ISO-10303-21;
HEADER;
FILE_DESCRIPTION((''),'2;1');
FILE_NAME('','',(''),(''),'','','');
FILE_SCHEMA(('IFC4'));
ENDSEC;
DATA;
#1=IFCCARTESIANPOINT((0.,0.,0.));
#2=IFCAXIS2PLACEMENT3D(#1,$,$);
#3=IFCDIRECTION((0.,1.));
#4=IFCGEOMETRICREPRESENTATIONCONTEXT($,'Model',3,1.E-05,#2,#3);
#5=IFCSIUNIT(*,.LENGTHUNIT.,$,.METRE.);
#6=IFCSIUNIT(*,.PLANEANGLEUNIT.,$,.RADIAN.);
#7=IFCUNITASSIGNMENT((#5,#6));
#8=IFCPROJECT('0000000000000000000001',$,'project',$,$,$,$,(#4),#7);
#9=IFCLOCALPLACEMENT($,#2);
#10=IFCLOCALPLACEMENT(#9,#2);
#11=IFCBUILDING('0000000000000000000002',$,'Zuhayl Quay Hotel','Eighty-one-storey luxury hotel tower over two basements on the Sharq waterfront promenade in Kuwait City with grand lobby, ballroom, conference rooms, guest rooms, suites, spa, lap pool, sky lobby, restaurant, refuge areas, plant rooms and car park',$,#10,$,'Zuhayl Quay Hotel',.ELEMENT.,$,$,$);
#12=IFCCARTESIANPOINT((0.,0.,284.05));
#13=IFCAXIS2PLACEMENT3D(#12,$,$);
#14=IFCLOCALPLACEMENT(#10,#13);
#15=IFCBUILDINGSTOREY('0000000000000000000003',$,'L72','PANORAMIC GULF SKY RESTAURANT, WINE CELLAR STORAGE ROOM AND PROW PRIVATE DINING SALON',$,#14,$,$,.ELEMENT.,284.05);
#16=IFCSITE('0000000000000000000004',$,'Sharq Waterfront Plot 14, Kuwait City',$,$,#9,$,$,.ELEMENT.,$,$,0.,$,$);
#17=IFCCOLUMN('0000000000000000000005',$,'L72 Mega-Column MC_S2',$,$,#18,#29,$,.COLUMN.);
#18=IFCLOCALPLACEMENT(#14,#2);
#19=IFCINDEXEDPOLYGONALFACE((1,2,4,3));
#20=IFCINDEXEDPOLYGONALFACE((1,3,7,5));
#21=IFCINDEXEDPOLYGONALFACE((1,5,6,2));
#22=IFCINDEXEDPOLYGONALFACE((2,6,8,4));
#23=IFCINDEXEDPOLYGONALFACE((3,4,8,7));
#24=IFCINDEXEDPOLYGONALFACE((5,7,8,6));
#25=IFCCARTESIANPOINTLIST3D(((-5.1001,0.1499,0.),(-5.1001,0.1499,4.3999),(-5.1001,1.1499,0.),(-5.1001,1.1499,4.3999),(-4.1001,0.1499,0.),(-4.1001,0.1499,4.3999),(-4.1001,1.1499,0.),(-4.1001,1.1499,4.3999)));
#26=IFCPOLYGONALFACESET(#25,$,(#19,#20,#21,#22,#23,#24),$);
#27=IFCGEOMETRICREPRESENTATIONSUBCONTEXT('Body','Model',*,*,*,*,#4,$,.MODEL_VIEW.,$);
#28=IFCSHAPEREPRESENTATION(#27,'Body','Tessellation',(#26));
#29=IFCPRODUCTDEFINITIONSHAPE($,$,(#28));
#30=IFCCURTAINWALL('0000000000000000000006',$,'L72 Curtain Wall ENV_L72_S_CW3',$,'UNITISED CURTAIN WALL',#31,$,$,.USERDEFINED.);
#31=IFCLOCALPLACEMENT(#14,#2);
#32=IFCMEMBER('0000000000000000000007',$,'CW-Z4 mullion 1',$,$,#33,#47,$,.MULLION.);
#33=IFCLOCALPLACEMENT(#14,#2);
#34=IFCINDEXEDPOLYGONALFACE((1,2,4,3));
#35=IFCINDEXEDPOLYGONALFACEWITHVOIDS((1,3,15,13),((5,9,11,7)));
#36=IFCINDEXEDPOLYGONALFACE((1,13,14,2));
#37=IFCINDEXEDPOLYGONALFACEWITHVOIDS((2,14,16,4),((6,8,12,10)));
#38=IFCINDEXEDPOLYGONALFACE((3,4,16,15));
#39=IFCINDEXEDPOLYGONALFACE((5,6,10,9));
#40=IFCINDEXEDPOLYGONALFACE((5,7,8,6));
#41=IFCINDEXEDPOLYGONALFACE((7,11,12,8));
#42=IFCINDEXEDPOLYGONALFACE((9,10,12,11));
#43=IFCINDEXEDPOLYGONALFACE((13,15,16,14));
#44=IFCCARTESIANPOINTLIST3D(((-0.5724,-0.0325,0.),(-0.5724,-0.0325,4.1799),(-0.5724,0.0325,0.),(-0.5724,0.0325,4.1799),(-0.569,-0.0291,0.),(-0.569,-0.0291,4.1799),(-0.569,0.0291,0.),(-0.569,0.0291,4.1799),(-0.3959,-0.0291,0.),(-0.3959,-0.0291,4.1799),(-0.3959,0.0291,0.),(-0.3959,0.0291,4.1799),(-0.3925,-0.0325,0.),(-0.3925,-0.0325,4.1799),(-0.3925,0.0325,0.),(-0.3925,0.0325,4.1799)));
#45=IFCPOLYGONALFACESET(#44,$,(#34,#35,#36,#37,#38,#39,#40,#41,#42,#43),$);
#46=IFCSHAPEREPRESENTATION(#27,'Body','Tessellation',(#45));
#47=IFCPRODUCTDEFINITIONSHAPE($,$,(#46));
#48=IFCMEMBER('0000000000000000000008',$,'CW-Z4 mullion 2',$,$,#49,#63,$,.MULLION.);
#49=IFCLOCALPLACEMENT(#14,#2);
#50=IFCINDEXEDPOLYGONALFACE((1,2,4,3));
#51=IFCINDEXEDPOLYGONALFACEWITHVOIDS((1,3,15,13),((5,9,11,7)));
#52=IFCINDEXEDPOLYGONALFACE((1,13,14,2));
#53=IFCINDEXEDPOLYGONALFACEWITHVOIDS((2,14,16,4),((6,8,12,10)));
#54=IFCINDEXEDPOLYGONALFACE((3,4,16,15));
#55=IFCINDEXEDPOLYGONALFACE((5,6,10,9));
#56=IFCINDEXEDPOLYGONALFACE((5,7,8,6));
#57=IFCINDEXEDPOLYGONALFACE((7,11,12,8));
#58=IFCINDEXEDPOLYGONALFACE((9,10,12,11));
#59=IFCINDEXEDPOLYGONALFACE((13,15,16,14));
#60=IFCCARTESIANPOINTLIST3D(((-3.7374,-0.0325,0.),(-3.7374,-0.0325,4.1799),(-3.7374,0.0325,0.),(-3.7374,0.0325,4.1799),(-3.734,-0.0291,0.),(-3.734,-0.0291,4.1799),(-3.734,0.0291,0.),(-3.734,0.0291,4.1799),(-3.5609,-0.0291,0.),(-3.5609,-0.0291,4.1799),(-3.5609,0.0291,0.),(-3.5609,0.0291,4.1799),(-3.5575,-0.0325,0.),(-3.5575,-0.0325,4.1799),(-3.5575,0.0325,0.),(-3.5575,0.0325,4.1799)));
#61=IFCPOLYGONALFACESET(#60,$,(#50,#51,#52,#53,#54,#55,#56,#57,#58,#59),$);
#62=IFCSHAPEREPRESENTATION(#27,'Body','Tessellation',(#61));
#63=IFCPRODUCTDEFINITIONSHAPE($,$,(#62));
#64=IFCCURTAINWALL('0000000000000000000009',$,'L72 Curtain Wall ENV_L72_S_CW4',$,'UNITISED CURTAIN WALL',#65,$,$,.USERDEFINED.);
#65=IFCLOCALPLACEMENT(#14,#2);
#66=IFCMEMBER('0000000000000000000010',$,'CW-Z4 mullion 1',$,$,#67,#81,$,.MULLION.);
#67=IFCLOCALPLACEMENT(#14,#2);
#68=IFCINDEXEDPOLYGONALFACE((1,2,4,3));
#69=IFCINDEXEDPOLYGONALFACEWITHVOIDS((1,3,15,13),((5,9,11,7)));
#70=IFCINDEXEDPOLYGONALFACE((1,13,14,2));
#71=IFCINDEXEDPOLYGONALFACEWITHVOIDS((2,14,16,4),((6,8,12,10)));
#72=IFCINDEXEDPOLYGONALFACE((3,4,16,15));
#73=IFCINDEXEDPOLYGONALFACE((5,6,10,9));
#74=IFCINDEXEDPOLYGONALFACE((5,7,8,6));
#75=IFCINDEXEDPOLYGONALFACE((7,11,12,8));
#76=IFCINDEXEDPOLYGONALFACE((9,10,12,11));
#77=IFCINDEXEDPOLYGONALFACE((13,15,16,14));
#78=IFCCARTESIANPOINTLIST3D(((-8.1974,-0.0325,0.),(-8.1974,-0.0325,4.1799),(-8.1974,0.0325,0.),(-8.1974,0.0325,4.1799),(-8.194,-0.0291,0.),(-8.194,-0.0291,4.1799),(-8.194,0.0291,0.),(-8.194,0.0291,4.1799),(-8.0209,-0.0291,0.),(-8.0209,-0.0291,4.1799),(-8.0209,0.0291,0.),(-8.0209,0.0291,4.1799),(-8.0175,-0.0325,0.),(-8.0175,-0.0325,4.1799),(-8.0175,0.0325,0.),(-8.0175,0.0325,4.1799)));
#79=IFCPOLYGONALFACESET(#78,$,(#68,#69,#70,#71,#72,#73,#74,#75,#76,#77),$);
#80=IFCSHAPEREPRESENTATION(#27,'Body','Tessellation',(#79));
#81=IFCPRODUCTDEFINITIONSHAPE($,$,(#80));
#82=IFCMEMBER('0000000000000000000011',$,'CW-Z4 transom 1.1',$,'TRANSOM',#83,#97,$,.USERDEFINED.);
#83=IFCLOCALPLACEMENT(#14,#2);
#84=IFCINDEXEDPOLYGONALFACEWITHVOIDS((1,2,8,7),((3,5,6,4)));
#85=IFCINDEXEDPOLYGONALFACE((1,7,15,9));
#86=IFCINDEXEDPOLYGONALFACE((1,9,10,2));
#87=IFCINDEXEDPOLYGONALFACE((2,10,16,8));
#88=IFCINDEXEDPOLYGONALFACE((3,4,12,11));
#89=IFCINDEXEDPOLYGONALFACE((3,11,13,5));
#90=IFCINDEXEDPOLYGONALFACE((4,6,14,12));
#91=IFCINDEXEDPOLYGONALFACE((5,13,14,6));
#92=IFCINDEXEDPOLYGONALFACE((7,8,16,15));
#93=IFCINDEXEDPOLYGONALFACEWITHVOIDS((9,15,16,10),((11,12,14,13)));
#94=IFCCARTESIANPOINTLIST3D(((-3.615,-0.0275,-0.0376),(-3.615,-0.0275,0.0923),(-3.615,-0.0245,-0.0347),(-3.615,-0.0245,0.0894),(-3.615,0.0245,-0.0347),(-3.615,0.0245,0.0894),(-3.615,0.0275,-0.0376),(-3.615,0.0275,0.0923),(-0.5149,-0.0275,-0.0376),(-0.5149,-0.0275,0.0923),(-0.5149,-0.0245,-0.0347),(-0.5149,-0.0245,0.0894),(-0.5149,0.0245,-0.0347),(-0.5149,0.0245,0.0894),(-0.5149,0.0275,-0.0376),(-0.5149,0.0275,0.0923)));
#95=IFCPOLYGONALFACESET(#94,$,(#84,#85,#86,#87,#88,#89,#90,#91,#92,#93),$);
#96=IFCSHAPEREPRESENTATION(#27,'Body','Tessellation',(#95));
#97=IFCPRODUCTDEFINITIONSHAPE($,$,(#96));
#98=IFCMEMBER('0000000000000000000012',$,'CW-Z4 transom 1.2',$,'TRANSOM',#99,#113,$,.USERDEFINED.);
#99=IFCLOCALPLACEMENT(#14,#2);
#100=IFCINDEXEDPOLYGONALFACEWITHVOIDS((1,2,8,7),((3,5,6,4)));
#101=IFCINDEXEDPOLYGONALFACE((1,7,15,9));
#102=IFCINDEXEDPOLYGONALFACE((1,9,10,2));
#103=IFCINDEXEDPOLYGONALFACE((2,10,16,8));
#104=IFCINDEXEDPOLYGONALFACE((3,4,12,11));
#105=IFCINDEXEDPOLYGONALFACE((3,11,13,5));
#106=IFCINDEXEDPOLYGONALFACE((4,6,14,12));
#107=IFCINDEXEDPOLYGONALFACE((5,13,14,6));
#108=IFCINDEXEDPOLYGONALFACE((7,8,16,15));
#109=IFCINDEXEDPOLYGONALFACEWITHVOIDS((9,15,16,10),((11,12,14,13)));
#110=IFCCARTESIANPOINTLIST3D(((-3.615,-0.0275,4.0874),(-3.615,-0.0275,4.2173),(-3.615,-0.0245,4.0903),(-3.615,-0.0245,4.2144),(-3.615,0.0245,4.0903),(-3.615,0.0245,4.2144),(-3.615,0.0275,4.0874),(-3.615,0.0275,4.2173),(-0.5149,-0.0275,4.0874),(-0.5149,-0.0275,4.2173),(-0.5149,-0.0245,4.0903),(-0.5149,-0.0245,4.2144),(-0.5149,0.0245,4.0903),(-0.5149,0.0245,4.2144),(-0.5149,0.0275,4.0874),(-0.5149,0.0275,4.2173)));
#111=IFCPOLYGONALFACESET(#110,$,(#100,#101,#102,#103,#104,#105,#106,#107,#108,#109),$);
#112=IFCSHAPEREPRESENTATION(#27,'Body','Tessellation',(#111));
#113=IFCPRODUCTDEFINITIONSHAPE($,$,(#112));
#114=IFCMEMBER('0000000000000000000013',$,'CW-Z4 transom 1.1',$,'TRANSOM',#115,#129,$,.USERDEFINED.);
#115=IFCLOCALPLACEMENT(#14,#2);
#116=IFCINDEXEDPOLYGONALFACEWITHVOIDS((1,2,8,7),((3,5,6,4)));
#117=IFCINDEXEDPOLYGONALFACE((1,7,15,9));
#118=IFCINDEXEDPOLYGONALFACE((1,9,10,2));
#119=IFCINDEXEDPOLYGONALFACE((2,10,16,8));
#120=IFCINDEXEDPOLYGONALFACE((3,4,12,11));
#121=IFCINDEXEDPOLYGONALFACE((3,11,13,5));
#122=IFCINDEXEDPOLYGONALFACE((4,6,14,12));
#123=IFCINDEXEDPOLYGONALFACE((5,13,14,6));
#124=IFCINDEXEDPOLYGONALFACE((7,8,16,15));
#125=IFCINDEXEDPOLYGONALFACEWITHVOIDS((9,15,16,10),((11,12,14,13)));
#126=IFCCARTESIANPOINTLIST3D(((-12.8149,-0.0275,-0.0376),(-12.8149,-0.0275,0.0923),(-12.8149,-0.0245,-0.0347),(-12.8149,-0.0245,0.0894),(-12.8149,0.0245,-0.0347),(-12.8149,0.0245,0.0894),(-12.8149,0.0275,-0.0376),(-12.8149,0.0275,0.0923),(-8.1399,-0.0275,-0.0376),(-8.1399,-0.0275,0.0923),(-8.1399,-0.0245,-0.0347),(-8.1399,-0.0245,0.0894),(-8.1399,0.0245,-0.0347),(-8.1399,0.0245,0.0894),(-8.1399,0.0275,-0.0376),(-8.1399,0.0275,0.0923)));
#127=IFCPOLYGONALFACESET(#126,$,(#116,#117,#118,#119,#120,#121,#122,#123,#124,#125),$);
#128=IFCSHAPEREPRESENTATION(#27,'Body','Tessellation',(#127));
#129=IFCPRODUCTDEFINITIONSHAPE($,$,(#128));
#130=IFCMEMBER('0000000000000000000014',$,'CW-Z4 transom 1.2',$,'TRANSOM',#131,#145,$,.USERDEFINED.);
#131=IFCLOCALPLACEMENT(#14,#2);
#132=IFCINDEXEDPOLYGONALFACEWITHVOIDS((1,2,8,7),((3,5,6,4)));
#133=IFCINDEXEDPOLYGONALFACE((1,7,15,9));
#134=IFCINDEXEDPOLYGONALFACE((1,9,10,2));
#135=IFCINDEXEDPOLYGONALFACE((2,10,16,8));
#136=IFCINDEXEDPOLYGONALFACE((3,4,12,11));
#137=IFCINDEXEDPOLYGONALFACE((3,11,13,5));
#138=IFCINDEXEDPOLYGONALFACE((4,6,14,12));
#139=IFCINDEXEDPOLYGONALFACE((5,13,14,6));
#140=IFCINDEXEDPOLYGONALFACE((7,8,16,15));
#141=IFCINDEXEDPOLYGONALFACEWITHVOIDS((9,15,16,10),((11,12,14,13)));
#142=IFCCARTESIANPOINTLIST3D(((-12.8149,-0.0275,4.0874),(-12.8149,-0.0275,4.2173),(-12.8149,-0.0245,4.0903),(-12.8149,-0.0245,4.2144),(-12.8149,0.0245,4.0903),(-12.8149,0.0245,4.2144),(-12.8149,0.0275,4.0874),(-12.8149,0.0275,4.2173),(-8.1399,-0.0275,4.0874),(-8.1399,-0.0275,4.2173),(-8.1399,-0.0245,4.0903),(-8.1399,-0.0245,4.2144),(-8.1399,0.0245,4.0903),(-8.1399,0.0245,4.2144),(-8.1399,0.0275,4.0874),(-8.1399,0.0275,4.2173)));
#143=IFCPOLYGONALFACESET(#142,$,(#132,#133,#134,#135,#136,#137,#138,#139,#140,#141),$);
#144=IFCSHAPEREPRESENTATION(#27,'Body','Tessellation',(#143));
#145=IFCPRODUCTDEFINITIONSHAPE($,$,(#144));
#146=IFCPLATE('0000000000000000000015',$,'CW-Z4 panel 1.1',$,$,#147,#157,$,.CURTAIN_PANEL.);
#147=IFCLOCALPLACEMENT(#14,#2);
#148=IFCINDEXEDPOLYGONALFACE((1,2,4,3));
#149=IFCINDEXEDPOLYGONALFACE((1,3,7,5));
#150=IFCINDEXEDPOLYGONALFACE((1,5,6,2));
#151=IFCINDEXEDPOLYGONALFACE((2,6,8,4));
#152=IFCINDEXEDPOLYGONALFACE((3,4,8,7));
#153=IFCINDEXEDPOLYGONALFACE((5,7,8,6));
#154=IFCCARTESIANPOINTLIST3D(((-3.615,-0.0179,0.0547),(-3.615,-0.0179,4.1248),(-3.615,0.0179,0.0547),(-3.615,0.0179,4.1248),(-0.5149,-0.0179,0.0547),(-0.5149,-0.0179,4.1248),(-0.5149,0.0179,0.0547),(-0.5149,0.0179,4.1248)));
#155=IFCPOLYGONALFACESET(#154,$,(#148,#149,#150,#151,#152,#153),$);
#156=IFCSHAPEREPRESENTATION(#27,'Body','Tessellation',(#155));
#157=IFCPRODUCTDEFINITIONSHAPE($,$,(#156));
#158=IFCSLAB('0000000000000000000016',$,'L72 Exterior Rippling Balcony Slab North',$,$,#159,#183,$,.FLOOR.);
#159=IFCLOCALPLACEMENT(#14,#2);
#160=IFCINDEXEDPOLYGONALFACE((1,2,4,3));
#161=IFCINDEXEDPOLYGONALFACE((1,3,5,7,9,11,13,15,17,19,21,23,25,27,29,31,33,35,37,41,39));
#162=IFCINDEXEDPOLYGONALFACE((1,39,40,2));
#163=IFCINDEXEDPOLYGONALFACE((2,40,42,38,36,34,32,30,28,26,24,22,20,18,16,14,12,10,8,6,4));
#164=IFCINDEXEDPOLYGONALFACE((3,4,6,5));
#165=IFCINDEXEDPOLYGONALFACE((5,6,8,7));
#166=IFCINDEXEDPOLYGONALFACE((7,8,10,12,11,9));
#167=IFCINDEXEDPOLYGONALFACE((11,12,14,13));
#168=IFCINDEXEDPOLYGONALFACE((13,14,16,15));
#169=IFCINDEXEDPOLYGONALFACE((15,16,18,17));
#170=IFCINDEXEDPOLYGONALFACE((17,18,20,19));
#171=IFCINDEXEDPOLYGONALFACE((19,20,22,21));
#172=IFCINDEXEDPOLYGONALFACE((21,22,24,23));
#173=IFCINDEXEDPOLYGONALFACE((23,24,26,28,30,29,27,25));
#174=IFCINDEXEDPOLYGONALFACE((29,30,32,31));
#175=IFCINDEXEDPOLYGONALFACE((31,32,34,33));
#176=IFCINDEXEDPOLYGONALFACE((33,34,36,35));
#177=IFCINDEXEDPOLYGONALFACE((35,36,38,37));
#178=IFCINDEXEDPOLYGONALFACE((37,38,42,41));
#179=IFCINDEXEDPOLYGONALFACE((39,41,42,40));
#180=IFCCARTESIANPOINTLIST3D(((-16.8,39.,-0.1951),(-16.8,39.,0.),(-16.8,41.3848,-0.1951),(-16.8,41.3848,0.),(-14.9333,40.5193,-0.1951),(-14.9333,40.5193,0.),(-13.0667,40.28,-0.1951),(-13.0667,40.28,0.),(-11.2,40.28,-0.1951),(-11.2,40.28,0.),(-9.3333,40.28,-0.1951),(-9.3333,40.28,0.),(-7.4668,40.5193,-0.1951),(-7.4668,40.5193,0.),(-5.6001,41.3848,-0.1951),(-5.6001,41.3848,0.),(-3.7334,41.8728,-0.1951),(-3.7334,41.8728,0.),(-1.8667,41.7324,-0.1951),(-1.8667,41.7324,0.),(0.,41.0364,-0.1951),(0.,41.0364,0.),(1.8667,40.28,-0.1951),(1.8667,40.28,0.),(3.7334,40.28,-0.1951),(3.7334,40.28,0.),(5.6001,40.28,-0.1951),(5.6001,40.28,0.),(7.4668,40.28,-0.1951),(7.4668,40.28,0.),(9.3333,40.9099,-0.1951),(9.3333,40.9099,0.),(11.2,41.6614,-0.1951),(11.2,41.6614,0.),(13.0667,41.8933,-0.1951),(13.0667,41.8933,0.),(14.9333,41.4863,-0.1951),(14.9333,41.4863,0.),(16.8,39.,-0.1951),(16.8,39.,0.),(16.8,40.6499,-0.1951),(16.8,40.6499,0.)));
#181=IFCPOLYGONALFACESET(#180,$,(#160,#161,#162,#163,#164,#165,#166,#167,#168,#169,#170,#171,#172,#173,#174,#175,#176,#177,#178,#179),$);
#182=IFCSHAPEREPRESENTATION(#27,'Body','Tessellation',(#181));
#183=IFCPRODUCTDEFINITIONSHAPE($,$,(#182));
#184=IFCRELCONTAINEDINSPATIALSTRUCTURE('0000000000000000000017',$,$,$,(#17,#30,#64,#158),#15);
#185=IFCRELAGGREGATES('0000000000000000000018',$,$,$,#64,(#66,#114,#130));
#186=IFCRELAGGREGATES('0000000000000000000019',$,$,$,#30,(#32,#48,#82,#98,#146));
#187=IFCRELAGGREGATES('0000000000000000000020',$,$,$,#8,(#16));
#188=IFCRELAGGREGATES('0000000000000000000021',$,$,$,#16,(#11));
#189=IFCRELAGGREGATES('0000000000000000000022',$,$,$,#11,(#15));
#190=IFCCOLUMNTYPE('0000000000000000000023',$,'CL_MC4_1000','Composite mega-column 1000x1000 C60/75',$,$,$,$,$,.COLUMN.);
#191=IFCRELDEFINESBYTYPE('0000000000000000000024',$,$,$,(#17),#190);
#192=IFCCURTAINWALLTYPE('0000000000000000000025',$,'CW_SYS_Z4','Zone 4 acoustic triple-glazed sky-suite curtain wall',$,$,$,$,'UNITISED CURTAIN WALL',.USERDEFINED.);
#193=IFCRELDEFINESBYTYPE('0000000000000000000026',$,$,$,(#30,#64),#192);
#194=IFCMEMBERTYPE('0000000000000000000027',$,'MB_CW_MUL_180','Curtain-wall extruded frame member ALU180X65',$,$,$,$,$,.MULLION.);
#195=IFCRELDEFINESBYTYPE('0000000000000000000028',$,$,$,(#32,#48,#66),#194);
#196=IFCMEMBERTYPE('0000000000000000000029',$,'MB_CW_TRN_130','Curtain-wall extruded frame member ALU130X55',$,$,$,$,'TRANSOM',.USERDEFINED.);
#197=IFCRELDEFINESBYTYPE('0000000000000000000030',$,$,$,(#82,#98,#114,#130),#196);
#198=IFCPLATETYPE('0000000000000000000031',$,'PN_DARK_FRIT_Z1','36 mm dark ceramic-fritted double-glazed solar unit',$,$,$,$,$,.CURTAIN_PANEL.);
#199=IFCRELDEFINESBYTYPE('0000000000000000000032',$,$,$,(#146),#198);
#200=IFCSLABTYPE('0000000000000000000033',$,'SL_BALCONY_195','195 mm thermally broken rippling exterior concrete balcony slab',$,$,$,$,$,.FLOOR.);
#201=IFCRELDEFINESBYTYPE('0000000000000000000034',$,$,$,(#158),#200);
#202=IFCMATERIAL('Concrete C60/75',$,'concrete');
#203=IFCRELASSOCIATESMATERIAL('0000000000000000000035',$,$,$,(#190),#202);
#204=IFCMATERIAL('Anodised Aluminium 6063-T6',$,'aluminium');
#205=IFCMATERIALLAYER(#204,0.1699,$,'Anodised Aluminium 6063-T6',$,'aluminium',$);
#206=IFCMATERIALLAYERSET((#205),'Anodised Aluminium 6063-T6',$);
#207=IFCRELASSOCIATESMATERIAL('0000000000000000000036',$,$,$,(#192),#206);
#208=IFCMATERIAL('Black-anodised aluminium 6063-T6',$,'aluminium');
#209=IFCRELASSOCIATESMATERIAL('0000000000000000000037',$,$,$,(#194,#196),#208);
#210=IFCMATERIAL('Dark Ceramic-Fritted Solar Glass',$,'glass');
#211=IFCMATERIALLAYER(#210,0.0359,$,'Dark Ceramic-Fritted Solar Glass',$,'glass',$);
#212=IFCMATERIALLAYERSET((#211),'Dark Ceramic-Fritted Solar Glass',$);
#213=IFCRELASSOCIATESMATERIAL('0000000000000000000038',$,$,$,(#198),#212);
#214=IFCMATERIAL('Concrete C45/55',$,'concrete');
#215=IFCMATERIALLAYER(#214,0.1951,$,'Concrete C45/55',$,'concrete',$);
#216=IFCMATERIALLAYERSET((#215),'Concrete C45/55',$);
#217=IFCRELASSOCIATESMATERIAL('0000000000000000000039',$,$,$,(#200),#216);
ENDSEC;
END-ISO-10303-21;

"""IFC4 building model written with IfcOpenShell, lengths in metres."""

from ifc_helpers import new_model, si_unit, direction, frame, origin, origin_2d, place, context, subcontext, project, spatial, polyline, rectangle, hollow_rectangle, outline, extrude, material, layer, layer_set, material_profile, profile_set, type_object, element, aggregate, save


model = new_model("IFC4")

# Units and contexts
model_context = context("Model", 3, precision=1e-05, world=origin(), true_north=direction((0.0, 1.0)))
body_context = subcontext(model_context, "Body", "Model", "MODEL_VIEW")
ifc_project = project(units=[si_unit("LENGTHUNIT", "METRE"), si_unit("PLANEANGLEUNIT", "RADIAN")], contexts=[model_context])

# Site, building, storey
site_placement = place(None, origin())
site = spatial("IfcSite", under=ifc_project, at=site_placement, Name="Sharq Waterfront Plot 14, Kuwait City", CompositionType="ELEMENT", RefElevation=0.0)
building_placement = place(site_placement, origin())
building = spatial("IfcBuilding", under=site, at=building_placement, Name="Zuhayl Quay Hotel", Description="Eighty-one-storey luxury hotel tower over two basements on the Sharq waterfront promenade in Kuwait City with grand lobby, ballroom, conference rooms, guest rooms, suites, spa, lap pool, sky lobby, restaurant, refuge areas, plant rooms and car park", LongName="Zuhayl Quay Hotel", CompositionType="ELEMENT")
storey_placement = place(building_placement, frame((0.0, 0.0, 284.05)))
storey = spatial("IfcBuildingStorey", under=building, at=storey_placement, Name="L72", Description="PANORAMIC GULF SKY RESTAURANT, WINE CELLAR STORAGE ROOM AND PROW PRIVATE DINING SALON", CompositionType="ELEMENT", Elevation=284.05)

# Column
ifc_material_1 = material(Name="Concrete C60/75", Category="concrete")
ifc_material_profile_1 = material_profile(ifc_material_1, rectangle(XDim=1.0, YDim=1.0, at=origin_2d()), Name="RC1000X1000")
ifc_profile_set_1 = profile_set([ifc_material_profile_1], Name="Concrete C60/75")
column_type = type_object("IfcColumnType", Name="CL_MC4_1000", Description="Composite mega-column 1000x1000 C60/75", PredefinedType="COLUMN", material=ifc_profile_set_1)
column_placement = place(storey_placement, frame((-4.6001, 0.6499, 0.0), z_axis=(0.0, 0.0, 1.0), x_axis=(1.0, 0.0, 0.0)))
element("IfcColumn", 1, at=column_placement, inside=storey, type_object=column_type, Name="L72 Mega-Column MC_S2", PredefinedType="COLUMN", context=body_context, shape_type="SweptSolid", body=[
    extrude(rectangle(XDim=1.0, YDim=1.0, at=origin_2d()), origin(), (0.0, 0.0, 1.0), 4.3999),
])

# Curtain wall, members
ifc_material_2 = material(Name="Anodised Aluminium 6063-T6", Category="aluminium")
ifc_layer_1 = layer(ifc_material_2, 0.1699, Name="Anodised Aluminium 6063-T6", Category="aluminium")
ifc_layer_set_1 = layer_set([ifc_layer_1], Name="Anodised Aluminium 6063-T6")
curtain_wall_type = type_object("IfcCurtainWallType", Name="CW_SYS_Z4", Description="Zone 4 acoustic triple-glazed sky-suite curtain wall", ElementType="UNITISED CURTAIN WALL", PredefinedType="USERDEFINED", material=ifc_layer_set_1)
curtain_wall_1_placement = place(storey_placement, origin())
curtain_wall_1 = element("IfcCurtainWall", 2, at=curtain_wall_1_placement, inside=storey, type_object=curtain_wall_type, Name="L72 Curtain Wall ENV_L72_S_CW3", ObjectType="UNITISED CURTAIN WALL", PredefinedType="USERDEFINED")
ifc_material_3 = material(Name="Black-anodised aluminium 6063-T6", Category="aluminium")
ifc_material_profile_2 = material_profile(ifc_material_3, hollow_rectangle(XDim=0.0649, YDim=0.1799, WallThickness=0.0034, at=origin_2d()), Name="ALU180X65")
ifc_profile_set_2 = profile_set([ifc_material_profile_2], Name="Black-anodised aluminium 6063-T6")
member_type_1 = type_object("IfcMemberType", Name="MB_CW_MUL_180", Description="Curtain-wall extruded frame member ALU180X65", PredefinedType="MULLION", material=ifc_profile_set_2)
member_1_placement = place(storey_placement, frame((-0.4824, 0.0, 0.0), z_axis=(0.0, 0.0, 1.0), x_axis=(0.0, -1.0, 0.0)))
member_1 = element("IfcMember", 3, at=member_1_placement, type_object=member_type_1, Name="CW-Z4 mullion 1", PredefinedType="MULLION", context=body_context, shape_type="SweptSolid", body=[
    extrude(hollow_rectangle(XDim=0.0649, YDim=0.1799, WallThickness=0.0034, at=origin_2d()), origin(), (0.0, 0.0, 1.0), 4.1799),
])
member_2_placement = place(storey_placement, frame((-3.6475, 0.0, 0.0), z_axis=(0.0, 0.0, 1.0), x_axis=(0.0, -1.0, 0.0)))
member_2 = element("IfcMember", 4, at=member_2_placement, type_object=member_type_1, Name="CW-Z4 mullion 2", PredefinedType="MULLION", context=body_context, shape_type="SweptSolid", body=[
    extrude(hollow_rectangle(XDim=0.0649, YDim=0.1799, WallThickness=0.0034, at=origin_2d()), origin(), (0.0, 0.0, 1.0), 4.1799),
])

# Curtain wall, member
curtain_wall_2_placement = place(storey_placement, origin())
curtain_wall_2 = element("IfcCurtainWall", 5, at=curtain_wall_2_placement, inside=storey, type_object=curtain_wall_type, Name="L72 Curtain Wall ENV_L72_S_CW4", ObjectType="UNITISED CURTAIN WALL", PredefinedType="USERDEFINED")
member_3_placement = place(storey_placement, frame((-8.1074, 0.0, 0.0), z_axis=(0.0, 0.0, 1.0), x_axis=(0.0, -1.0, 0.0)))
member_3 = element("IfcMember", 6, at=member_3_placement, type_object=member_type_1, Name="CW-Z4 mullion 1", PredefinedType="MULLION", context=body_context, shape_type="SweptSolid", body=[
    extrude(hollow_rectangle(XDim=0.0649, YDim=0.1799, WallThickness=0.0034, at=origin_2d()), origin(), (0.0, 0.0, 1.0), 4.1799),
])

# Members
ifc_material_profile_3 = material_profile(ifc_material_3, hollow_rectangle(XDim=0.0549, YDim=0.1299, WallThickness=0.0029, at=origin_2d()), Name="ALU130X55")
ifc_profile_set_3 = profile_set([ifc_material_profile_3], Name="Black-anodised aluminium 6063-T6")
member_type_2 = type_object("IfcMemberType", Name="MB_CW_TRN_130", Description="Curtain-wall extruded frame member ALU130X55", ElementType="TRANSOM", PredefinedType="USERDEFINED", material=ifc_profile_set_3)
member_4_placement = place(storey_placement, frame((-0.5149, 0.0, 0.0273), z_axis=(-1.0, 0.0, 0.0), x_axis=(0.0, -1.0, 0.0)))
member_4 = element("IfcMember", 7, at=member_4_placement, type_object=member_type_2, Name="CW-Z4 transom 1.1", ObjectType="TRANSOM", PredefinedType="USERDEFINED", context=body_context, shape_type="SweptSolid", body=[
    extrude(hollow_rectangle(XDim=0.0549, YDim=0.1299, WallThickness=0.0029, at=origin_2d()), origin(), (0.0, 0.0, 1.0), 3.1001),
])
member_5_placement = place(storey_placement, frame((-0.5149, 0.0, 4.1523), z_axis=(-1.0, 0.0, 0.0), x_axis=(0.0, -1.0, 0.0)))
member_5 = element("IfcMember", 8, at=member_5_placement, type_object=member_type_2, Name="CW-Z4 transom 1.2", ObjectType="TRANSOM", PredefinedType="USERDEFINED", context=body_context, shape_type="SweptSolid", body=[
    extrude(hollow_rectangle(XDim=0.0549, YDim=0.1299, WallThickness=0.0029, at=origin_2d()), origin(), (0.0, 0.0, 1.0), 3.1001),
])
member_6_placement = place(storey_placement, frame((-8.1399, 0.0, 0.0273), z_axis=(-1.0, 0.0, 0.0), x_axis=(0.0, -1.0, 0.0)))
member_6 = element("IfcMember", 9, at=member_6_placement, type_object=member_type_2, Name="CW-Z4 transom 1.1", ObjectType="TRANSOM", PredefinedType="USERDEFINED", context=body_context, shape_type="SweptSolid", body=[
    extrude(hollow_rectangle(XDim=0.0549, YDim=0.1299, WallThickness=0.0029, at=origin_2d()), origin(), (0.0, 0.0, 1.0), 4.675),
])
member_7_placement = place(storey_placement, frame((-8.1399, 0.0, 4.1523), z_axis=(-1.0, 0.0, 0.0), x_axis=(0.0, -1.0, 0.0)))
member_7 = element("IfcMember", 10, at=member_7_placement, type_object=member_type_2, Name="CW-Z4 transom 1.2", ObjectType="TRANSOM", PredefinedType="USERDEFINED", context=body_context, shape_type="SweptSolid", body=[
    extrude(hollow_rectangle(XDim=0.0549, YDim=0.1299, WallThickness=0.0029, at=origin_2d()), origin(), (0.0, 0.0, 1.0), 4.675),
])
aggregate(curtain_wall_2, [member_3, member_6, member_7])

# Plate
ifc_material_4 = material(Name="Dark Ceramic-Fritted Solar Glass", Category="glass")
ifc_layer_2 = layer(ifc_material_4, 0.0359, Name="Dark Ceramic-Fritted Solar Glass", Category="glass")
ifc_layer_set_2 = layer_set([ifc_layer_2], Name="Dark Ceramic-Fritted Solar Glass")
plate_type = type_object("IfcPlateType", Name="PN_DARK_FRIT_Z1", Description="36 mm dark ceramic-fritted double-glazed solar unit", PredefinedType="CURTAIN_PANEL", material=ifc_layer_set_2)
plate_placement = place(storey_placement, frame((-2.0649, 0.0, 0.0547), z_axis=(0.0, 0.0, 1.0), x_axis=(-1.0, 0.0, 0.0)))
plate = element("IfcPlate", 11, at=plate_placement, type_object=plate_type, Name="CW-Z4 panel 1.1", PredefinedType="CURTAIN_PANEL", context=body_context, shape_type="SweptSolid", body=[
    extrude(rectangle(XDim=3.1001, YDim=0.0359, at=origin_2d()), origin(), (0.0, 0.0, 1.0), 4.0701),
])
aggregate(curtain_wall_1, [member_1, member_2, member_4, member_5, plate])

# Slab
ifc_material_5 = material(Name="Concrete C45/55", Category="concrete")
ifc_layer_3 = layer(ifc_material_5, 0.1951, Name="Concrete C45/55", Category="concrete")
ifc_layer_set_3 = layer_set([ifc_layer_3], Name="Concrete C45/55")
slab_type_1 = type_object("IfcSlabType", Name="SL_BALCONY_195", Description="195 mm thermally broken rippling exterior concrete balcony slab", PredefinedType="FLOOR", material=ifc_layer_set_3)
slab_1_placement = place(storey_placement, frame((0.0, 0.0, -0.1951)))
element("IfcSlab", 12, at=slab_1_placement, inside=storey, type_object=slab_type_1, Name="L72 Exterior Rippling Balcony Slab North", PredefinedType="FLOOR", context=body_context, shape_type="SweptSolid", body=[
    extrude(outline(polyline([(-16.8, 39.0), (16.8, 39.0), (16.8, 40.6499), (14.9333, 41.4863), (13.0667, 41.8933), (11.2, 41.6614), (9.3333, 40.9099), (7.4668, 40.28), (5.6001, 40.28), (3.7334, 40.28), (1.8667, 40.28), (0.0, 41.0364), (-1.8667, 41.7324), (-3.7334, 41.8728), (-5.6001, 41.3848), (-7.4668, 40.5193), (-9.3333, 40.28), (-11.2, 40.28), (-13.0667, 40.28), (-14.9333, 40.5193), (-16.8, 41.3848), (-16.8, 39.0)])), origin(), (0.0, 0.0, 1.0), 0.1951),
])

save(model, "model.ifc")
